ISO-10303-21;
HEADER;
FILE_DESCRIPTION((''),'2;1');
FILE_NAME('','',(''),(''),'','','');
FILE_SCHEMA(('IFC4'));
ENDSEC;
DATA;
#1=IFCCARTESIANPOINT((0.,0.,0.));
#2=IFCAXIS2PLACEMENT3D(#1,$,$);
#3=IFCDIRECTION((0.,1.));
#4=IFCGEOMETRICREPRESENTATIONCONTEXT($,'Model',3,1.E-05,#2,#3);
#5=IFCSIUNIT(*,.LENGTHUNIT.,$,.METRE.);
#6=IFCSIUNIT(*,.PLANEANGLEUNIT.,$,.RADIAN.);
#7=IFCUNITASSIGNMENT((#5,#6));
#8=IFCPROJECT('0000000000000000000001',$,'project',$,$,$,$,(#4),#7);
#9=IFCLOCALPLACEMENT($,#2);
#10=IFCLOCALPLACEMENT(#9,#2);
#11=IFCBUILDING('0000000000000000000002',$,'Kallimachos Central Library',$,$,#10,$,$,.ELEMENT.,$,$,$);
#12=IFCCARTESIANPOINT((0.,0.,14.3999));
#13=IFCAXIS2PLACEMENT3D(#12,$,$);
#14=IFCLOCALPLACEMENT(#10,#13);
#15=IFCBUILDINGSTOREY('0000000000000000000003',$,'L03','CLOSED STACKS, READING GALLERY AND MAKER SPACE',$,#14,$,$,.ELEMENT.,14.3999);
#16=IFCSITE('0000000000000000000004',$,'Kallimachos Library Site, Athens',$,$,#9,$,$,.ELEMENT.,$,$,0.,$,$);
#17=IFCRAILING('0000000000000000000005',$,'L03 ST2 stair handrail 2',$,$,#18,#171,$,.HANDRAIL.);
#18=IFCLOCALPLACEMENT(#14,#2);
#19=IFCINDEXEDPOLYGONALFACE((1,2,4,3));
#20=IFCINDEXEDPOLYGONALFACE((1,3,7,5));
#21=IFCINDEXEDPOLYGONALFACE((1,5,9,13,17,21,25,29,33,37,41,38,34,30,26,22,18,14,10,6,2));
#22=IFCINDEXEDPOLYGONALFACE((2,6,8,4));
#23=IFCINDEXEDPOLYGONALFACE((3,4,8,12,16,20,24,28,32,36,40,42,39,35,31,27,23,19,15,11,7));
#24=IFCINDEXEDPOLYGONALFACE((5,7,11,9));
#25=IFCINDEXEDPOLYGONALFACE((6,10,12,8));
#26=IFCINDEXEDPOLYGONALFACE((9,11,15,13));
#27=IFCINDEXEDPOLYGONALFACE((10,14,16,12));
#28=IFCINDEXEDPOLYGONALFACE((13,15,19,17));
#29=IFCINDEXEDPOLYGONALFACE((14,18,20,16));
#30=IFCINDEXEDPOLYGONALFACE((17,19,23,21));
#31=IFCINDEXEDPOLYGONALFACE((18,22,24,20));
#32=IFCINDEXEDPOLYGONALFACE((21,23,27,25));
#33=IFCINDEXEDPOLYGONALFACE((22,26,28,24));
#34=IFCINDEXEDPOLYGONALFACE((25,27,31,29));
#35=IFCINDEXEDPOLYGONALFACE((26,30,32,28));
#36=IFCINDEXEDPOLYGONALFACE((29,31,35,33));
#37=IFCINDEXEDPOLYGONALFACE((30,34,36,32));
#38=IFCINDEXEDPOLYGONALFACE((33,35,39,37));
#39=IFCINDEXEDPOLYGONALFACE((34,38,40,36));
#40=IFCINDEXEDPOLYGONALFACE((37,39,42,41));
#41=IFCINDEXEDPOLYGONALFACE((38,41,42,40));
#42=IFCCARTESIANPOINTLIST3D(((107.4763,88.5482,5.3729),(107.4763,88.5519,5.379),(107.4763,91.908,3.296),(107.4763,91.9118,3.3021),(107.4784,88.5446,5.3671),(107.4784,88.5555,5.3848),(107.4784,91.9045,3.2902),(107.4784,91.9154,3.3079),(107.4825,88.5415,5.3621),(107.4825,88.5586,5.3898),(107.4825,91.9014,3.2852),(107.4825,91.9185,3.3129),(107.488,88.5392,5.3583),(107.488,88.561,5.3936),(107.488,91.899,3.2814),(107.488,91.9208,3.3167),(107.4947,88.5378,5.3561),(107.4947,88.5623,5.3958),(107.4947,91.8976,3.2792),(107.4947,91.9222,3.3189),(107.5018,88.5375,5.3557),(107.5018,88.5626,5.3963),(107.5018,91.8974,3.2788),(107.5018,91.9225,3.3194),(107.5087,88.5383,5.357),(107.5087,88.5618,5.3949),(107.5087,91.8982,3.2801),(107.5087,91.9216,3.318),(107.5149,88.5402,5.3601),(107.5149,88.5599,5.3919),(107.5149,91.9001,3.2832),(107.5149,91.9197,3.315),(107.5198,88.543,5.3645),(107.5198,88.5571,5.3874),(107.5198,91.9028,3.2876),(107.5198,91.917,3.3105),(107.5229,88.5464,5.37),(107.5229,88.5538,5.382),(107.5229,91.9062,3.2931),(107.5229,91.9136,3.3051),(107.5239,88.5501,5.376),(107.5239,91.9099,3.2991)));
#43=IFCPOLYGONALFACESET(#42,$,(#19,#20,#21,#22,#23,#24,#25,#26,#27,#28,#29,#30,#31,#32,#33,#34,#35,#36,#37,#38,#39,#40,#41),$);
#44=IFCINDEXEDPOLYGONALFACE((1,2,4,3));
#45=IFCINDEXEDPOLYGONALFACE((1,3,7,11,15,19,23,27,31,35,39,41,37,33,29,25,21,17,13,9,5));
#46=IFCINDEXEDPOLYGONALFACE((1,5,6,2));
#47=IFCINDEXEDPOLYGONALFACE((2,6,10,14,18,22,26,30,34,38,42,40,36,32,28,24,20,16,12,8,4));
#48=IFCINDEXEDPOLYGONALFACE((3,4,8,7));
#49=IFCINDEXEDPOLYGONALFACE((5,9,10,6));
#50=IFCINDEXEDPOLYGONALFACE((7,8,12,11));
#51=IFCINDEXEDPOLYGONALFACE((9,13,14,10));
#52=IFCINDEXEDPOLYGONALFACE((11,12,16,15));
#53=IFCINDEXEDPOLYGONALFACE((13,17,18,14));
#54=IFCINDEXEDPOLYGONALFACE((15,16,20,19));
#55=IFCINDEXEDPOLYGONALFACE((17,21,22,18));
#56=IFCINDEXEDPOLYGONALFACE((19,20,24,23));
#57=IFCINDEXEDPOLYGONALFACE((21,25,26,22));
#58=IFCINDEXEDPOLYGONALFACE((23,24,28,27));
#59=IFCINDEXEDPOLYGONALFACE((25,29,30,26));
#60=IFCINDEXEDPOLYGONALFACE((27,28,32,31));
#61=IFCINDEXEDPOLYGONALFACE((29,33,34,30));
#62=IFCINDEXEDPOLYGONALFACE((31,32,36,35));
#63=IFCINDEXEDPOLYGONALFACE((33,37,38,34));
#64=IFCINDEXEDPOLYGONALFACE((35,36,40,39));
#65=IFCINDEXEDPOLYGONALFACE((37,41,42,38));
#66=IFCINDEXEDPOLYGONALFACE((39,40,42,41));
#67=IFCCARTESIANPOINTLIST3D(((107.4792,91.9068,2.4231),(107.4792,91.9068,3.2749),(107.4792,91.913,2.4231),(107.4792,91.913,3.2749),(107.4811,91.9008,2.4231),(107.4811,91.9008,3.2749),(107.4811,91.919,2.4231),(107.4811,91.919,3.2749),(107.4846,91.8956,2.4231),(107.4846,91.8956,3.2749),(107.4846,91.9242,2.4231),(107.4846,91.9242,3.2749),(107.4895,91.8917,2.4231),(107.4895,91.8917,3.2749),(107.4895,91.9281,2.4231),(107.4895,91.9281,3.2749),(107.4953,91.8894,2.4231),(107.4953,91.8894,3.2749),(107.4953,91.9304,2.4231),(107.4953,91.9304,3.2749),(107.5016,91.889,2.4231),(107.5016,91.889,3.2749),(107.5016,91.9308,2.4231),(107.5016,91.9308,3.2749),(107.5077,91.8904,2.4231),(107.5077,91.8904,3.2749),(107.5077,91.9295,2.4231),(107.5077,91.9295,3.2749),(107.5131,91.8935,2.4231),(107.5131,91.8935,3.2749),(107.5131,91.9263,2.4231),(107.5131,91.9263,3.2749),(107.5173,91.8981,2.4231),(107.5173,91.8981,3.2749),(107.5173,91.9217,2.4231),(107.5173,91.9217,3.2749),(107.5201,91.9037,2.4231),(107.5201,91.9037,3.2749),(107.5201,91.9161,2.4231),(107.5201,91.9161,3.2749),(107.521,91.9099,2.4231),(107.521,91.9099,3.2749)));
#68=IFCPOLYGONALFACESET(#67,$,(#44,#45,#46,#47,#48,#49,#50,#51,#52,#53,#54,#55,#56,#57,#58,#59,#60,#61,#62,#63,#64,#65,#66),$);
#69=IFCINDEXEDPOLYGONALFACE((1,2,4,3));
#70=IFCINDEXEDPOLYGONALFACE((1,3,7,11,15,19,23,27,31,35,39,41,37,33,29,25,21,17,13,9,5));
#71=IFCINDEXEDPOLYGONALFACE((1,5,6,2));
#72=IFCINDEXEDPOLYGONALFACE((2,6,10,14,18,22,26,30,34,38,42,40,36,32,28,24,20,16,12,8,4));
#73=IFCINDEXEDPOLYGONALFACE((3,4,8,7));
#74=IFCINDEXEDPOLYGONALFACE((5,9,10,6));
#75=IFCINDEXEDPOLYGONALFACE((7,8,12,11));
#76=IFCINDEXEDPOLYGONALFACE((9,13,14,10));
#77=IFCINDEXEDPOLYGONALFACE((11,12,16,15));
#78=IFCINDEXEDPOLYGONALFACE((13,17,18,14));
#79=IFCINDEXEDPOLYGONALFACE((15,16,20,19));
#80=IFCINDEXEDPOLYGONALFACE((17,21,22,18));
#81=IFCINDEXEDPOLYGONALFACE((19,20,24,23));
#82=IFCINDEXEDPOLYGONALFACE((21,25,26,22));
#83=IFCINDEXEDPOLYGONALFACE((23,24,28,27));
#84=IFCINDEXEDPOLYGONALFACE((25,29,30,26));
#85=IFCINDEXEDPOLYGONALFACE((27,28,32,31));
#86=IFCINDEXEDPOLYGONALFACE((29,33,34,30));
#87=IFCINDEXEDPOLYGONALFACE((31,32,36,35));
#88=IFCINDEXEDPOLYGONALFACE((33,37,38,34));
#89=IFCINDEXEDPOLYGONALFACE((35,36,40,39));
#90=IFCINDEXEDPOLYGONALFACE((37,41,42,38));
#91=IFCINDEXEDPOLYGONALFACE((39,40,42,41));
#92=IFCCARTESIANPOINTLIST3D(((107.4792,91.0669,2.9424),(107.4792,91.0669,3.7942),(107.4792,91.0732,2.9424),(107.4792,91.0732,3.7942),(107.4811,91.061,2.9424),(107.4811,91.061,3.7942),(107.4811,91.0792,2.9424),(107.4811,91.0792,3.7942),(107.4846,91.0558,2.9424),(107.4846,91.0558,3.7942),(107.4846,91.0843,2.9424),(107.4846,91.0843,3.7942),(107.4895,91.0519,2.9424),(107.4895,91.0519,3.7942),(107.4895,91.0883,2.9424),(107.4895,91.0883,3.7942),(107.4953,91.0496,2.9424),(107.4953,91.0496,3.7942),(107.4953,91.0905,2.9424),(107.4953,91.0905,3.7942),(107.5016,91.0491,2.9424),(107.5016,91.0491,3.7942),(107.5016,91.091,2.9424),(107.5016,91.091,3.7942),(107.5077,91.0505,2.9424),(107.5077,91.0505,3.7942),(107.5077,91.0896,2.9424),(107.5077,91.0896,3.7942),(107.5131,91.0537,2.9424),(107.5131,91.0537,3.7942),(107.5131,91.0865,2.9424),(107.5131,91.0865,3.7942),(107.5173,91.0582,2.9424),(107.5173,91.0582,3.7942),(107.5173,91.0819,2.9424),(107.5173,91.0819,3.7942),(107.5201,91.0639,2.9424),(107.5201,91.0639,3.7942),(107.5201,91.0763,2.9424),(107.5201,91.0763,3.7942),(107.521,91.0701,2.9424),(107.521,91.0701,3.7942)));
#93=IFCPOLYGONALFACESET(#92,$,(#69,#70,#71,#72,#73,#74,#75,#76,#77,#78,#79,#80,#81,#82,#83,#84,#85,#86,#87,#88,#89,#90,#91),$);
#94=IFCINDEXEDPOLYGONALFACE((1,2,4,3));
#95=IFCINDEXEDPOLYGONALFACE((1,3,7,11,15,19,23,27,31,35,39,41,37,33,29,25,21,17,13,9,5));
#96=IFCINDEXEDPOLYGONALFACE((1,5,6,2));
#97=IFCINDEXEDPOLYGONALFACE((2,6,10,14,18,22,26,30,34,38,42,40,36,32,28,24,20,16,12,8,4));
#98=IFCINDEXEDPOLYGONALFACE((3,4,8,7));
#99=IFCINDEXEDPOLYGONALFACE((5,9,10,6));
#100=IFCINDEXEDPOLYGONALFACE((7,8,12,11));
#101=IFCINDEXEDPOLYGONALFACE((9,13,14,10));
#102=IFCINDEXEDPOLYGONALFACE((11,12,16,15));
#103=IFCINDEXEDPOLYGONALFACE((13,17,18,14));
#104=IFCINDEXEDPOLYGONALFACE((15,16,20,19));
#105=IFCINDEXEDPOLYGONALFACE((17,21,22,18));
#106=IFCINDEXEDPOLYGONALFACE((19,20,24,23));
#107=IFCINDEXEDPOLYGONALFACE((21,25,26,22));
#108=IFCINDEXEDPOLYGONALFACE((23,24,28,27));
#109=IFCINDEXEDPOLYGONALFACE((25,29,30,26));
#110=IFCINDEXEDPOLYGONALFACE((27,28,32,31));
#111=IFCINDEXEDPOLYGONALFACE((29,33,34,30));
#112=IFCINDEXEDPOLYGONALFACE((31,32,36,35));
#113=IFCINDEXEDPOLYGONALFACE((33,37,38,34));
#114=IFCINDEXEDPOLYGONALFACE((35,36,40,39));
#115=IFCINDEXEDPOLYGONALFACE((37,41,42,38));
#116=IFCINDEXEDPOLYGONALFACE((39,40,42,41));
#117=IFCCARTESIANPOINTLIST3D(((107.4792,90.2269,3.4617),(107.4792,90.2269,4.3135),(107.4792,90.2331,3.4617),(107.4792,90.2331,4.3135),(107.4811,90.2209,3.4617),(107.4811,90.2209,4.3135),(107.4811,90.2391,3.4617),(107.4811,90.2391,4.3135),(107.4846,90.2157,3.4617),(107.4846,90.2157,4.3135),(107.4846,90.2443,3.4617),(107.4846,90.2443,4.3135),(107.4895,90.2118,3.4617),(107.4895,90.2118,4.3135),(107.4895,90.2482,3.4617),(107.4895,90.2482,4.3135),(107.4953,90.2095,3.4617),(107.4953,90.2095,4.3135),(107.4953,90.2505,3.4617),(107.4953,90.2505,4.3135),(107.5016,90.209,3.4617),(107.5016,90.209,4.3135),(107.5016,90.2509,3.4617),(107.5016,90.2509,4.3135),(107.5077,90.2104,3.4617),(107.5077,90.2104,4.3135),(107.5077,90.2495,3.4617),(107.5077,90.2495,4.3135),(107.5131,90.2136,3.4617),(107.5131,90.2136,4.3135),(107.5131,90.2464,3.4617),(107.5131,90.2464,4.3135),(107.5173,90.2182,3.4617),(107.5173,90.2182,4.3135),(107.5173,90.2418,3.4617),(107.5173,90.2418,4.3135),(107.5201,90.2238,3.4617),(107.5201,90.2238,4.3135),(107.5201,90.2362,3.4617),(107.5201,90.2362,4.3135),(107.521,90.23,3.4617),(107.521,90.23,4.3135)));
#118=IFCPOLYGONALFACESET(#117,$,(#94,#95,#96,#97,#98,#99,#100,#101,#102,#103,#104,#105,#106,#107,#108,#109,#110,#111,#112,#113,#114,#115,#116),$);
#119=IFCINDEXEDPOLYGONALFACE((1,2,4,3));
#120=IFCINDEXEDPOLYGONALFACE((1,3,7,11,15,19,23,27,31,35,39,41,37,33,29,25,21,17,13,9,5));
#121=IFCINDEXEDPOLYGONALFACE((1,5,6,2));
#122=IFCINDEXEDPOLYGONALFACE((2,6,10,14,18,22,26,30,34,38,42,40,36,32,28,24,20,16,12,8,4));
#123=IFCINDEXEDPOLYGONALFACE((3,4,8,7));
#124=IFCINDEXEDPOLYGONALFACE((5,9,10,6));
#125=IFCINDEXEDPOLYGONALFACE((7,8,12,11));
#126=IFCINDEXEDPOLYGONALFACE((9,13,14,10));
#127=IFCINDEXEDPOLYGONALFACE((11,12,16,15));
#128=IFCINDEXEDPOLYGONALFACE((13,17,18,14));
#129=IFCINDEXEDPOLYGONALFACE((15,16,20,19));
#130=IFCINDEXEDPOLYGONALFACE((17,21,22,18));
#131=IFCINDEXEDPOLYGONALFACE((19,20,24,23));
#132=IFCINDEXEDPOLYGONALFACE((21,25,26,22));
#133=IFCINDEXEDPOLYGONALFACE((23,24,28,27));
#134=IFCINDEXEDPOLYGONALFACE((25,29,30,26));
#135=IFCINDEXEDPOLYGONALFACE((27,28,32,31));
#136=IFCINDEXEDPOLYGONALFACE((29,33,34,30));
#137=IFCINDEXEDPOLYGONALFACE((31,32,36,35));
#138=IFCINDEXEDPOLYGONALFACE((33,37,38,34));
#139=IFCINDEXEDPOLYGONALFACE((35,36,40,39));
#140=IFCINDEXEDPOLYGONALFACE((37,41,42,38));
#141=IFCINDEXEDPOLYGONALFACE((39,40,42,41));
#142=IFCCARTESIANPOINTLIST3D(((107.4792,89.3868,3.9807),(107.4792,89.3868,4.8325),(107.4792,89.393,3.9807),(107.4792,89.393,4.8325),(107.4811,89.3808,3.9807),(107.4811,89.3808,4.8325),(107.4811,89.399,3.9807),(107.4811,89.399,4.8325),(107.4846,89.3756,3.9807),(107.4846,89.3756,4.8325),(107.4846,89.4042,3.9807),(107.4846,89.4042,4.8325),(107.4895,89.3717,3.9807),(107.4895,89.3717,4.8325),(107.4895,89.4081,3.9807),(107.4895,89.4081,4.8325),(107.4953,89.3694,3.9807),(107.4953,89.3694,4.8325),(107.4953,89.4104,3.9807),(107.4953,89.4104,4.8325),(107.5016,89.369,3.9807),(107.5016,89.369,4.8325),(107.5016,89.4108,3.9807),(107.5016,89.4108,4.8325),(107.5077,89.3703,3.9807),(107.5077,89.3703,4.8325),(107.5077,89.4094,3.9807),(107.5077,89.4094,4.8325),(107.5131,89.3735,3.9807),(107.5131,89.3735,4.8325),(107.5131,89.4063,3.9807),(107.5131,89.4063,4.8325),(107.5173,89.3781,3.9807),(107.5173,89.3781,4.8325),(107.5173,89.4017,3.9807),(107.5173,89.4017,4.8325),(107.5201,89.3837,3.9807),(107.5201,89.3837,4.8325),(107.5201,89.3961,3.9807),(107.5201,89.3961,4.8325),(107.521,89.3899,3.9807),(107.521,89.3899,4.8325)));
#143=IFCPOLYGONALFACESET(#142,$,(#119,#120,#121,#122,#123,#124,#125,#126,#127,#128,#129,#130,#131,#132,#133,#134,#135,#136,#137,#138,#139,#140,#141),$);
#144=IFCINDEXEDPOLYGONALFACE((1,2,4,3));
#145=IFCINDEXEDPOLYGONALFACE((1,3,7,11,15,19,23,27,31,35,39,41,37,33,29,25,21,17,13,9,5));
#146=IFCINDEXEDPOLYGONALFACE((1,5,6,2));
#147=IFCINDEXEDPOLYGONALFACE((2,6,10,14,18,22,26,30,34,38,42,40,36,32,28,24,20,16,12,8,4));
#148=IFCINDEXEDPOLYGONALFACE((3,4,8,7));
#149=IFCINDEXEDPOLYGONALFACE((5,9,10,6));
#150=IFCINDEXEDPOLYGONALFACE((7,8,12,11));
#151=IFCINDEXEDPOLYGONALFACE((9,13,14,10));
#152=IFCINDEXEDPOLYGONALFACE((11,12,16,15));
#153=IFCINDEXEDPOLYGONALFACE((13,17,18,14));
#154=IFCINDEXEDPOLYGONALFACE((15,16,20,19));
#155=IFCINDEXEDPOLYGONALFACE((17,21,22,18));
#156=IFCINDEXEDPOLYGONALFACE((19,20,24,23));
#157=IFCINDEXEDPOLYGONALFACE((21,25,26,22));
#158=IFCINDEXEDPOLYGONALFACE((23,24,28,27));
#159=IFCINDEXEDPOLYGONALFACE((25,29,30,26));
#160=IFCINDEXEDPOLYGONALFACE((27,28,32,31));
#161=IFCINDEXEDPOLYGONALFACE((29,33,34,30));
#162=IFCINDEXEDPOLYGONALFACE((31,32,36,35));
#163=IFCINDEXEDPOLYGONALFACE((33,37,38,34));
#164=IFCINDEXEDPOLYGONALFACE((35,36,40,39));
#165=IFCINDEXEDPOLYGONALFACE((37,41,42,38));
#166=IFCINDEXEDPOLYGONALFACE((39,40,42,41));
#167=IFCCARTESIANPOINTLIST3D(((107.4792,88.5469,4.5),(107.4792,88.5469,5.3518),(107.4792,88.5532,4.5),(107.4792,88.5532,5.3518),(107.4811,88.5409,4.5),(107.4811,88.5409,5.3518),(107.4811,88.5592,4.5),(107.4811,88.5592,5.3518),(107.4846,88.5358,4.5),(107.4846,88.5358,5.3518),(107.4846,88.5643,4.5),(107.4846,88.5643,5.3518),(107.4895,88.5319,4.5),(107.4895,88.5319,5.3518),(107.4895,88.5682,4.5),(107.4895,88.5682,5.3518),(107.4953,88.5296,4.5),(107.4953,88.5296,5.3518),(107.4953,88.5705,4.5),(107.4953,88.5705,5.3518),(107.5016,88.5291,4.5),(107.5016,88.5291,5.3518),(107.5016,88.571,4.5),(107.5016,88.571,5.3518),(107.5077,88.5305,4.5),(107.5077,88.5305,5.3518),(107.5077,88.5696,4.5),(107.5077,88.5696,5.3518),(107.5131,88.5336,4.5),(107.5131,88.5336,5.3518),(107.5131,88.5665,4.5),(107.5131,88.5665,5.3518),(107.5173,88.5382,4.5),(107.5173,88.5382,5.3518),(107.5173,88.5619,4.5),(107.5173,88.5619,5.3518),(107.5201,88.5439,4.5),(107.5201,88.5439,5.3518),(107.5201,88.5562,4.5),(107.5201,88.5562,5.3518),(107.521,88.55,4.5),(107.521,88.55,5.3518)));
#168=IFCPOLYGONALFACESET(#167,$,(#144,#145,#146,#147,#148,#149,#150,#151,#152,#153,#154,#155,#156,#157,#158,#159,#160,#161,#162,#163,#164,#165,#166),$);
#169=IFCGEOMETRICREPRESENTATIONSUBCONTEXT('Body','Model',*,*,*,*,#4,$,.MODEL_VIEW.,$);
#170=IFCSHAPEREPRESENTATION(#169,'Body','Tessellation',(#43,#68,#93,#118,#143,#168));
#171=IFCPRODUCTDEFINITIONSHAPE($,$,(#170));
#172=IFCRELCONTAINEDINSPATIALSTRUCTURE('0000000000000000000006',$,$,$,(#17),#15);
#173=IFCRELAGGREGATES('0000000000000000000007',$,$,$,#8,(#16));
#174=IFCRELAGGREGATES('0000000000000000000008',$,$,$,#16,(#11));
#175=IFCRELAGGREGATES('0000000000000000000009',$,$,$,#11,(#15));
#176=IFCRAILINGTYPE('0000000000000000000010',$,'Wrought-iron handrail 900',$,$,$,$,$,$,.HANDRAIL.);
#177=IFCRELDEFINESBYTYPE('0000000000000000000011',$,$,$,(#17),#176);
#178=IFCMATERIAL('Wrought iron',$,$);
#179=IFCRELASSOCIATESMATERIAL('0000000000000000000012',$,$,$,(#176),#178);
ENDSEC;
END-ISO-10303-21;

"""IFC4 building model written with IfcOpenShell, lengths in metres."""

from ifc_helpers import new_model, si_unit, direction, frame, origin, origin_2d, place, context, subcontext, project, spatial, circle, extrude, material, type_object, element, save


model = new_model("IFC4")

# Units and contexts
model_context = context("Model", 3, precision=1e-05, world=origin(), true_north=direction((0.0, 1.0)))
body_context = subcontext(model_context, "Body", "Model", "MODEL_VIEW")
ifc_project = project(units=[si_unit("LENGTHUNIT", "METRE"), si_unit("PLANEANGLEUNIT", "RADIAN")], contexts=[model_context])

# Site, building, storey
site_placement = place(None, origin())
site = spatial("IfcSite", under=ifc_project, at=site_placement, Name="Kallimachos Library Site, Athens", CompositionType="ELEMENT", RefElevation=0.0)
building_placement = place(site_placement, origin())
building = spatial("IfcBuilding", under=site, at=building_placement, Name="Kallimachos Central Library", CompositionType="ELEMENT")
storey_placement = place(building_placement, frame((0.0, 0.0, 14.3999)))
storey = spatial("IfcBuildingStorey", under=building, at=storey_placement, Name="L03", Description="CLOSED STACKS, READING GALLERY AND MAKER SPACE", CompositionType="ELEMENT", Elevation=14.3999)

# Railing
ifc_material_1 = material(Name="Wrought iron")
railing_type_1 = type_object("IfcRailingType", Name="Wrought-iron handrail 900", PredefinedType="HANDRAIL", material=ifc_material_1)
railing_1_placement = place(storey_placement, frame((107.5, 91.9099, 2.4231)))
element("IfcRailing", 1, at=railing_1_placement, inside=storey, type_object=railing_type_1, Name="L03 ST2 stair handrail 2", PredefinedType="HANDRAIL", context=body_context, shape_type="SweptSolid", body=[
    extrude(circle(Radius=0.0239, at=origin_2d()), frame((0.0, 0.0, 0.876), z_axis=(0.0, -0.850606, 0.525803), x_axis=(1.0, 0.0, 0.0)), (0.0, 0.0, 1.0), 3.95),
    extrude(circle(Radius=0.021, at=origin_2d()), origin(), (0.0, 0.0, 1.0), 0.8518),
    extrude(circle(Radius=0.021, at=origin_2d()), frame((0.0, -0.8398, 0.5193)), (0.0, 0.0, 1.0), 0.8518),
    extrude(circle(Radius=0.021, at=origin_2d()), frame((0.0, -1.6799, 1.0386)), (0.0, 0.0, 1.0), 0.8518),
    extrude(circle(Radius=0.021, at=origin_2d()), frame((0.0, -2.52, 1.5576)), (0.0, 0.0, 1.0), 0.8518),
    extrude(circle(Radius=0.021, at=origin_2d()), frame((0.0, -3.3599, 2.0769)), (0.0, 0.0, 1.0), 0.8518),
])

save(model, "model.ifc")
